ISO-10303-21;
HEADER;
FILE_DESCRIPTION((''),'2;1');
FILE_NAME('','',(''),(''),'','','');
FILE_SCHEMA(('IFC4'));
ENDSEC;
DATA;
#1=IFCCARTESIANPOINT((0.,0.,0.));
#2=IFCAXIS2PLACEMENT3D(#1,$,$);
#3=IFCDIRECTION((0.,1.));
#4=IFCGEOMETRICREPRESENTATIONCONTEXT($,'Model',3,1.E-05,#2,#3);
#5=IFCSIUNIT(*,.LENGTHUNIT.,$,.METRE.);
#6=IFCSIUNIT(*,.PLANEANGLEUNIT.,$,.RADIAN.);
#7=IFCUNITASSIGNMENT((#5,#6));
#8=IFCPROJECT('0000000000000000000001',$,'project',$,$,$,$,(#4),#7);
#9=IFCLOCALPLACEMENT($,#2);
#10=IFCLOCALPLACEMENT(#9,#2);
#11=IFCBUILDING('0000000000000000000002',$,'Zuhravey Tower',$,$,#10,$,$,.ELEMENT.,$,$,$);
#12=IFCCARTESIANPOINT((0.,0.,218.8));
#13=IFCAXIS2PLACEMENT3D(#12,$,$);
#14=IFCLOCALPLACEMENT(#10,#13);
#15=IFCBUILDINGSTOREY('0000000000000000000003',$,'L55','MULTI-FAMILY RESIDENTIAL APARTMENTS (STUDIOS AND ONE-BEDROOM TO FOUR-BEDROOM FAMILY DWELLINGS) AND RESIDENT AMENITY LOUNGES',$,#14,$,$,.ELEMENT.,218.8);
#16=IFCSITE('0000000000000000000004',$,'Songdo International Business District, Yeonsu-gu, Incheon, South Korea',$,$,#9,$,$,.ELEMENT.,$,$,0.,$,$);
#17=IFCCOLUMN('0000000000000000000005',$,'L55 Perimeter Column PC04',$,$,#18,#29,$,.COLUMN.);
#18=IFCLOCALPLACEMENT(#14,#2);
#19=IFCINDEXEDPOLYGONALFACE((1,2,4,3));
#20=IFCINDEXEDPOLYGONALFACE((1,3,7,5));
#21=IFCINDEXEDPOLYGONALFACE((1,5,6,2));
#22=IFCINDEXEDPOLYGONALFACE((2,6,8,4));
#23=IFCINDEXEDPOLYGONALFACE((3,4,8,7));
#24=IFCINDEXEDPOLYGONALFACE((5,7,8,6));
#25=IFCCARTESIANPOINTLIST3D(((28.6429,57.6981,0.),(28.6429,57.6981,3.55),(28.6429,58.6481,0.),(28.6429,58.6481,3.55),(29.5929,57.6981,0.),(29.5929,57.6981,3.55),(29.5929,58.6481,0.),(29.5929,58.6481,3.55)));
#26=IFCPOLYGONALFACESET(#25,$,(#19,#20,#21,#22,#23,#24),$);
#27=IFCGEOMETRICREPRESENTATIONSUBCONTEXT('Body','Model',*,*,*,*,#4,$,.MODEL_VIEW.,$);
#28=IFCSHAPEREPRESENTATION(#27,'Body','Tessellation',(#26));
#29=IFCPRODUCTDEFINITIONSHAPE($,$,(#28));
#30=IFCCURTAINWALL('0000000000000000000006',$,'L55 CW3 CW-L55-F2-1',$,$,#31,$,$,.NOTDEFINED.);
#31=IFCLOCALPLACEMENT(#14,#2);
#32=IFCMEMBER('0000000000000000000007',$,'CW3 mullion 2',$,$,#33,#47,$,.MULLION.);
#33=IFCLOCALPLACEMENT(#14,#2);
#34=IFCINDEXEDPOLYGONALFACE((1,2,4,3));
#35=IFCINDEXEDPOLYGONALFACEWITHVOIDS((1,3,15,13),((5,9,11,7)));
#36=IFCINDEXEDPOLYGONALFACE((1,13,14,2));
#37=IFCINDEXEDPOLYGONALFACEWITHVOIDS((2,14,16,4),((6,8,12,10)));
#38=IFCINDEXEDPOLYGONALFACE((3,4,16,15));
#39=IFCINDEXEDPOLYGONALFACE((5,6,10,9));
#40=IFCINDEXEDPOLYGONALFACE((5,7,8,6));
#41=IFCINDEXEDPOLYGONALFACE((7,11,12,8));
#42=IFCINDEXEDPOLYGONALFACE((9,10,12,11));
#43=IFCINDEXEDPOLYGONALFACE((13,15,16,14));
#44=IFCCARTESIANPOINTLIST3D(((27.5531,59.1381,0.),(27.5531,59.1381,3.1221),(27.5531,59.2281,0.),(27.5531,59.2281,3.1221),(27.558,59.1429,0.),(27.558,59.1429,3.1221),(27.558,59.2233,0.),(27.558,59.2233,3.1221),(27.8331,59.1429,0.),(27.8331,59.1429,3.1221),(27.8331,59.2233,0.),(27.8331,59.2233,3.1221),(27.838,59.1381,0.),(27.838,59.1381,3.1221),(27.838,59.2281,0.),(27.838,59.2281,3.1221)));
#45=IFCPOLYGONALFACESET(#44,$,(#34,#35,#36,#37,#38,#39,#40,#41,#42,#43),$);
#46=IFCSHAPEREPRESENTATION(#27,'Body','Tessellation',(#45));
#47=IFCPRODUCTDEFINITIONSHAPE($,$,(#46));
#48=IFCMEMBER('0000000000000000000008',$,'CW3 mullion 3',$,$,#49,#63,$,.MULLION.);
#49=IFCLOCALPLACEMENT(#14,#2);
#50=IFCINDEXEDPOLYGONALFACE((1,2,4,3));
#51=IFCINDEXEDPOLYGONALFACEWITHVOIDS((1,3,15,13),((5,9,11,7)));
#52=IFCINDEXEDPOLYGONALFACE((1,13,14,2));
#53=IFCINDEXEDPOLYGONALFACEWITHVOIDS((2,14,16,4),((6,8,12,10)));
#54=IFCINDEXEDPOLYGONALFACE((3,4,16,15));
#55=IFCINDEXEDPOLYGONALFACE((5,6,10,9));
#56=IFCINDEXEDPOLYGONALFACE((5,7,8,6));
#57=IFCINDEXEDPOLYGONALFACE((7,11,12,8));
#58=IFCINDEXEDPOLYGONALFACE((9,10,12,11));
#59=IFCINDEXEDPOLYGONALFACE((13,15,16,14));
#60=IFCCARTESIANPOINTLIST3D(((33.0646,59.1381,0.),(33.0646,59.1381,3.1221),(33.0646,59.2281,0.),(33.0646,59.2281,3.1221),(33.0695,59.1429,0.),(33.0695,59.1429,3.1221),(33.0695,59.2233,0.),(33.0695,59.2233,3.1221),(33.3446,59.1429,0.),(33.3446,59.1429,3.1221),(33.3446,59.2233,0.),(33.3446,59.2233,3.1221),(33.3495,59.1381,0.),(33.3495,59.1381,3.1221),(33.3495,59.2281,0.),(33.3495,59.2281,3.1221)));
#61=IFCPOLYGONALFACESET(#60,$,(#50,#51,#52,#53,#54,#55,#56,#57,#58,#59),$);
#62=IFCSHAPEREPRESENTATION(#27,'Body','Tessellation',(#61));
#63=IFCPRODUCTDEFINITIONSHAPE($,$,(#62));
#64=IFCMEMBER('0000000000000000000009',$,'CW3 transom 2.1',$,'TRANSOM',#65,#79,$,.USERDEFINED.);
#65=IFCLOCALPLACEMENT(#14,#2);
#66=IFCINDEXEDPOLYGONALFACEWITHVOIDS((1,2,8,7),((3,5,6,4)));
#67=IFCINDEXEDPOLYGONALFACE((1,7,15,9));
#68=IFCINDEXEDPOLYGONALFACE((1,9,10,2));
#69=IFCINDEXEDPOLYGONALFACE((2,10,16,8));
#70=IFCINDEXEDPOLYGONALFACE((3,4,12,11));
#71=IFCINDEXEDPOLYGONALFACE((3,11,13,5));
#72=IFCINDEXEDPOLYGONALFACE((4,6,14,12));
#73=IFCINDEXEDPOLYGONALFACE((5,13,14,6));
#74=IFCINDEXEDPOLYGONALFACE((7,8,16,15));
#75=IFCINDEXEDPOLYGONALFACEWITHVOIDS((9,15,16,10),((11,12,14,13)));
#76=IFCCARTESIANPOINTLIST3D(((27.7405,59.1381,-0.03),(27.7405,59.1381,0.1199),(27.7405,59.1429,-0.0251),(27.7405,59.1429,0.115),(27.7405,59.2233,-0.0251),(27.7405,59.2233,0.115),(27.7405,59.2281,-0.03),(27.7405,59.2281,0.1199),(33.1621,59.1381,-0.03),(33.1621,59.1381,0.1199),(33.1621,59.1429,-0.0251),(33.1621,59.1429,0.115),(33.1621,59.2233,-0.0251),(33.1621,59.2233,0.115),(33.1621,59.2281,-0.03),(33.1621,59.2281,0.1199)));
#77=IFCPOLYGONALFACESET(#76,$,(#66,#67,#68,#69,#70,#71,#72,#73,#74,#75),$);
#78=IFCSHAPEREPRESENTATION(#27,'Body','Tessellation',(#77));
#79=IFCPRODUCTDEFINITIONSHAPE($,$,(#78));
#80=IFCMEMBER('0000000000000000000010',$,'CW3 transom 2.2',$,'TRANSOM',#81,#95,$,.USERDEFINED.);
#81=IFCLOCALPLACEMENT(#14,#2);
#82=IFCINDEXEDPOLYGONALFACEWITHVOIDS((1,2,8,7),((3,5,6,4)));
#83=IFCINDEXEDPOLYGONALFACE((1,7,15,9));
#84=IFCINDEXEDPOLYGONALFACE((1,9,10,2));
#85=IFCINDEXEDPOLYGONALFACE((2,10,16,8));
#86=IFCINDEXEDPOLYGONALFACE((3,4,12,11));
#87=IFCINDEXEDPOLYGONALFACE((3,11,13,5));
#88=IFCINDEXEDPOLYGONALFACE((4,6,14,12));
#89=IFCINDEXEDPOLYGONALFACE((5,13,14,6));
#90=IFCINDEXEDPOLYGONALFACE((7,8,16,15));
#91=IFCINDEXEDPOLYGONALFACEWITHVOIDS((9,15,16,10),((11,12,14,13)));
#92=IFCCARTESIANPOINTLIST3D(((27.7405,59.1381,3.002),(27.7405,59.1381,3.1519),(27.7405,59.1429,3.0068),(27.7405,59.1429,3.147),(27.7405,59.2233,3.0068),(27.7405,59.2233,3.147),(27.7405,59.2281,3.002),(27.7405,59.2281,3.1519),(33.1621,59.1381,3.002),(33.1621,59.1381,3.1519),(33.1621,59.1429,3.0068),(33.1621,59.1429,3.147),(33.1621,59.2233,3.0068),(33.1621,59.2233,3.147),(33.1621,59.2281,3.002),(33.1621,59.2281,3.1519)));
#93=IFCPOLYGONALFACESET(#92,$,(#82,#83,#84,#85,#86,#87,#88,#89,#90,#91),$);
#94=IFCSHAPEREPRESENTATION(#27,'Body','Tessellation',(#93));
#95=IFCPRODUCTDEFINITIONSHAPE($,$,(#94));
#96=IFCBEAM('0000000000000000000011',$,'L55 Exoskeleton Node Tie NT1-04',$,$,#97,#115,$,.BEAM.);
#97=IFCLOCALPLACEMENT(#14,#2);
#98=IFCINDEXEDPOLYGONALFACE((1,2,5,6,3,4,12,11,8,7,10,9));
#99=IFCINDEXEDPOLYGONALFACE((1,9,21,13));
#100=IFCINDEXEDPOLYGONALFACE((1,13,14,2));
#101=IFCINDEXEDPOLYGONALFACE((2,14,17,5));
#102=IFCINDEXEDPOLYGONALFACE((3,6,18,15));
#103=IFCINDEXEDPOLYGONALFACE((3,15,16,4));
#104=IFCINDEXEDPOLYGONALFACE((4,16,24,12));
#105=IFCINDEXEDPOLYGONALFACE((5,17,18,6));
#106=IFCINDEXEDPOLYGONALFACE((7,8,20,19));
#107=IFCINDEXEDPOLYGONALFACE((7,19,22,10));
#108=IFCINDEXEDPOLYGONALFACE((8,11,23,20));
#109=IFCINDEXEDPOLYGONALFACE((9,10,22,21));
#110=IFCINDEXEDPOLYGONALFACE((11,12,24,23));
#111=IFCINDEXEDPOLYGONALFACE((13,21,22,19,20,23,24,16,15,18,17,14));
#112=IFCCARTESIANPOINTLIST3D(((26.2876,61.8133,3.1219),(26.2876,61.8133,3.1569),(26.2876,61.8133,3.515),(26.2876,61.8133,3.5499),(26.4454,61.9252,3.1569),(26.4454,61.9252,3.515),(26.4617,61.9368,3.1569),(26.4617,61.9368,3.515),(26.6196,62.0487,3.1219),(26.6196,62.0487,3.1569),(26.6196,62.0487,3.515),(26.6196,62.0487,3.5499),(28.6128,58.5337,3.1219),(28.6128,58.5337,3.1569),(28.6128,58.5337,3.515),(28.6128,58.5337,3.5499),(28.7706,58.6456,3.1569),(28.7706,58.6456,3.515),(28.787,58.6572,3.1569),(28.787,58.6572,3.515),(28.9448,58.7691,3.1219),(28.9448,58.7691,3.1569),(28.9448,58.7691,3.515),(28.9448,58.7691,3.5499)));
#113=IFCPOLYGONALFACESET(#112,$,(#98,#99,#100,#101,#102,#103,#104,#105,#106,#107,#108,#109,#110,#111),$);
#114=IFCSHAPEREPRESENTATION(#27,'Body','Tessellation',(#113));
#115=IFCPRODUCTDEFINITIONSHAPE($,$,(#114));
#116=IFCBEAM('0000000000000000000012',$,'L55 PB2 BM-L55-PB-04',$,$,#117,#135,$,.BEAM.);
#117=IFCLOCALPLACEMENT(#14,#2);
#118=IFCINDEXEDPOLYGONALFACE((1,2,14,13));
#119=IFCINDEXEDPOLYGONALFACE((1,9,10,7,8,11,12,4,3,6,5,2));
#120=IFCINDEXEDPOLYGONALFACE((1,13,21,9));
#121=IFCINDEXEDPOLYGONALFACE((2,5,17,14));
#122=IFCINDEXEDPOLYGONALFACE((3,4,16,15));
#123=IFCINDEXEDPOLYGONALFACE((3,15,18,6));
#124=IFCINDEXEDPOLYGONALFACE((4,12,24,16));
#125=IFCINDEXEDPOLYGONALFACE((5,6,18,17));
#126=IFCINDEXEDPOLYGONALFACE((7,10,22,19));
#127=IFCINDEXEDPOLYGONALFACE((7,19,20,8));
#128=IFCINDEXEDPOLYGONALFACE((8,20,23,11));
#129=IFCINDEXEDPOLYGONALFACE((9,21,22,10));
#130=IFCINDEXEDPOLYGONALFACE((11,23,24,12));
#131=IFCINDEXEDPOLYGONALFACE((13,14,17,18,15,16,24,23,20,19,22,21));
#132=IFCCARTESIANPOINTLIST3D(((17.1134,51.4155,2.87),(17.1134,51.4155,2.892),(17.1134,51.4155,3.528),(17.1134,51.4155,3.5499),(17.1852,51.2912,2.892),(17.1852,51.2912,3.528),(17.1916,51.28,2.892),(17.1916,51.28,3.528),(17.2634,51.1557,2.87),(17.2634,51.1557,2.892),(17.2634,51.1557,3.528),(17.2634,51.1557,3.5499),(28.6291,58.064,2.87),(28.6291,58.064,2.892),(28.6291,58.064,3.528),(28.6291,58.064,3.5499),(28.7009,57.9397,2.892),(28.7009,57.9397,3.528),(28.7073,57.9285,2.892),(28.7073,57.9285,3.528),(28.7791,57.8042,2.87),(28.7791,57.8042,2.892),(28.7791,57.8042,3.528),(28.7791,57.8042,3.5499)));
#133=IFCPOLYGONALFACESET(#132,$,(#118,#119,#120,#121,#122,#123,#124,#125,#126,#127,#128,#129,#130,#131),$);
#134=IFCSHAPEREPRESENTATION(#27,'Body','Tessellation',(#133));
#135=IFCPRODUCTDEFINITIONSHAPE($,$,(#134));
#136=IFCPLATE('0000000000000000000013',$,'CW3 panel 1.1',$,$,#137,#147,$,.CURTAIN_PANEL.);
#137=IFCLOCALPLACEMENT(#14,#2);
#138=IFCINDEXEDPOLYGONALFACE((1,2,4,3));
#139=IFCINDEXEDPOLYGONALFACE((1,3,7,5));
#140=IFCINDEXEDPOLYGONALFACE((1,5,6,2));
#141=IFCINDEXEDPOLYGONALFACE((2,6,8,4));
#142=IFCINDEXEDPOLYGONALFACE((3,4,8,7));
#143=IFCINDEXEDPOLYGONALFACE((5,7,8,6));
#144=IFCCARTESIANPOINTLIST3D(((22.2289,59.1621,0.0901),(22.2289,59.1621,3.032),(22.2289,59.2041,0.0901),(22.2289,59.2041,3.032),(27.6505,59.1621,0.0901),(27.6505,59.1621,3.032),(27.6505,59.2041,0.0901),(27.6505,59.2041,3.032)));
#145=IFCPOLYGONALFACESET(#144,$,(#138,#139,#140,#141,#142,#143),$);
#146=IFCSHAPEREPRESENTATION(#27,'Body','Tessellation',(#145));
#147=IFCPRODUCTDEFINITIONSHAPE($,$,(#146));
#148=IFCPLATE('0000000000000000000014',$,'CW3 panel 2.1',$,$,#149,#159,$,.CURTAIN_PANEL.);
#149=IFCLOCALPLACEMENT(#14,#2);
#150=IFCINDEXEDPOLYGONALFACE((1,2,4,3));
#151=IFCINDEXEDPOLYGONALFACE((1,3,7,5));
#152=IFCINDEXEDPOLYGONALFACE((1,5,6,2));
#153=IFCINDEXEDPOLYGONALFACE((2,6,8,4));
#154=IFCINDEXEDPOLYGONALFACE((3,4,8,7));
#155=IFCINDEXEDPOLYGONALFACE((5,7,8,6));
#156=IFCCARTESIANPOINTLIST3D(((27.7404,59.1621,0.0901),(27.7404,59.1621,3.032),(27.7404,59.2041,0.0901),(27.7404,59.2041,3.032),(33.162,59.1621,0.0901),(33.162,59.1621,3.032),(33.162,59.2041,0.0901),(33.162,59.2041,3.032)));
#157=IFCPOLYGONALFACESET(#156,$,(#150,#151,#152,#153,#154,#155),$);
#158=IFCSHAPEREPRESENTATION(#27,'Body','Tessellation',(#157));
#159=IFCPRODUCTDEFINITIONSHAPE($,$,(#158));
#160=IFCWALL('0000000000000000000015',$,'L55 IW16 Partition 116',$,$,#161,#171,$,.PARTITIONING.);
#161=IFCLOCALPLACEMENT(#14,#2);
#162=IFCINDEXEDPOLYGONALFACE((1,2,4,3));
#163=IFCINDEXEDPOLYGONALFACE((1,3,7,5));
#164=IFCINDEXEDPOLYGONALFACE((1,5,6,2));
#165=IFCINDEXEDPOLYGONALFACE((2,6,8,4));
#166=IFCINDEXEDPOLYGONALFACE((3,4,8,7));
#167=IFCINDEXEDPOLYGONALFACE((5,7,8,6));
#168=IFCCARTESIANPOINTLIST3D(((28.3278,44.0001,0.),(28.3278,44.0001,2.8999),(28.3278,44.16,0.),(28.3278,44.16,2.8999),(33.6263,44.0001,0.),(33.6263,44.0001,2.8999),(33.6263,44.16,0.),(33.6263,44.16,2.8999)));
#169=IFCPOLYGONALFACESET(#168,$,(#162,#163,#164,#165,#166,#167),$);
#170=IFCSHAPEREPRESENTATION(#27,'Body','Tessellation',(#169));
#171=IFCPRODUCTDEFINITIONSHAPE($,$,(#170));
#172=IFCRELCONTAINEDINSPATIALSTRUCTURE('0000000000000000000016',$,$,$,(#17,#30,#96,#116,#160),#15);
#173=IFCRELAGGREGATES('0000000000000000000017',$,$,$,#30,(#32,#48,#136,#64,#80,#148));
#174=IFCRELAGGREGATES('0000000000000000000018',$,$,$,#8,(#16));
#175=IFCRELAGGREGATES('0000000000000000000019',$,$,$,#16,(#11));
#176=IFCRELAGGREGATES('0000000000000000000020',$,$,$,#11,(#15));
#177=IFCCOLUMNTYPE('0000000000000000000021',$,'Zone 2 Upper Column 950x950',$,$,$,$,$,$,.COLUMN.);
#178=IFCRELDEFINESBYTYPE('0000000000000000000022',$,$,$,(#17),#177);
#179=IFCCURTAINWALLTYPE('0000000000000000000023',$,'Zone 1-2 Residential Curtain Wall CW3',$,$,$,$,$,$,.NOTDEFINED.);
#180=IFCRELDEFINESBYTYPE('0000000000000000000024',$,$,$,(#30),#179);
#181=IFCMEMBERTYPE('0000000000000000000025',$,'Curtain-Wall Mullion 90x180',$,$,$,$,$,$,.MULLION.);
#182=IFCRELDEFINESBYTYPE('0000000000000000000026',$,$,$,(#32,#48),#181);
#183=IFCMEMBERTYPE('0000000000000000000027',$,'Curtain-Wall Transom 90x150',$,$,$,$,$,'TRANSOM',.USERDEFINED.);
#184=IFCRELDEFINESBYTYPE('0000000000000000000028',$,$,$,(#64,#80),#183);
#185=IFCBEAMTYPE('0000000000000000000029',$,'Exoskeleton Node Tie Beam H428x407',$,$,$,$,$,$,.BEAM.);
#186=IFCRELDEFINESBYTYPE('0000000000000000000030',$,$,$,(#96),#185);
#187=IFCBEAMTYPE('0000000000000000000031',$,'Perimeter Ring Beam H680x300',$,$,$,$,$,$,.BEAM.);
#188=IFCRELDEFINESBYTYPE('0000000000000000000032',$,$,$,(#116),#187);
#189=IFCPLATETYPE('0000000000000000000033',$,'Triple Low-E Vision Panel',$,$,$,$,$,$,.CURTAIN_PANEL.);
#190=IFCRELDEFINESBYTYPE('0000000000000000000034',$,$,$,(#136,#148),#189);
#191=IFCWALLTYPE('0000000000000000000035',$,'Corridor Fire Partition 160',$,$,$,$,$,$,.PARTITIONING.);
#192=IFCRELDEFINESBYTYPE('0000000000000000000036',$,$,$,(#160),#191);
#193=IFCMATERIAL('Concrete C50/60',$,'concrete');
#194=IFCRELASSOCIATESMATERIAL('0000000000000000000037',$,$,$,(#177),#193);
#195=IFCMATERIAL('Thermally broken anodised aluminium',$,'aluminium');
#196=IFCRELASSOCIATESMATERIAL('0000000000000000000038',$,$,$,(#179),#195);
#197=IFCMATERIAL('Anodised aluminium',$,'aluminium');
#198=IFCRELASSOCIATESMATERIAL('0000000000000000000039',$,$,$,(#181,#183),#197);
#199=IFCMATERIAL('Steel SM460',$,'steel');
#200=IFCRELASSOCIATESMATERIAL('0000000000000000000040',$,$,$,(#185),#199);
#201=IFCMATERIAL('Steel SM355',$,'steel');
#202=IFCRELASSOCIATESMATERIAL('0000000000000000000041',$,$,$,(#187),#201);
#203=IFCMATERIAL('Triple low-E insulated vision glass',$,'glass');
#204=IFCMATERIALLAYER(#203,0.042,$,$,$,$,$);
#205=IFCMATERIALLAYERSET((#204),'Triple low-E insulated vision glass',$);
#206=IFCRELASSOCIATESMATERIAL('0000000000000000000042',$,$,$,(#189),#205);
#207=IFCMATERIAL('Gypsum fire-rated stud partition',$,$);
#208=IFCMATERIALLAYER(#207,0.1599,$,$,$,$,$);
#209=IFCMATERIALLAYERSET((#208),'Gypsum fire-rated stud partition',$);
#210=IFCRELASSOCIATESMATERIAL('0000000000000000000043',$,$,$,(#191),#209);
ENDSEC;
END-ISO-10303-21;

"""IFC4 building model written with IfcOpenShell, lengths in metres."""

from ifc_helpers import new_model, si_unit, direction, frame, frame_2d, origin, origin_2d, place, context, subcontext, project, spatial, rectangle, hollow_rectangle, i_section, extrude, material, layer, layer_set, material_profile, profile_set, type_object, element, aggregate, save


model = new_model("IFC4")

# Units and contexts
model_context = context("Model", 3, precision=1e-05, world=origin(), true_north=direction((0.0, 1.0)))
body_context = subcontext(model_context, "Body", "Model", "MODEL_VIEW")
ifc_project = project(units=[si_unit("LENGTHUNIT", "METRE"), si_unit("PLANEANGLEUNIT", "RADIAN")], contexts=[model_context])

# Site, building, storey
site_placement = place(None, origin())
site = spatial("IfcSite", under=ifc_project, at=site_placement, Name="Songdo International Business District, Yeonsu-gu, Incheon, South Korea", CompositionType="ELEMENT", RefElevation=0.0)
building_placement = place(site_placement, origin())
building = spatial("IfcBuilding", under=site, at=building_placement, Name="Zuhravey Tower", CompositionType="ELEMENT")
storey_placement = place(building_placement, frame((0.0, 0.0, 218.8)))
storey = spatial("IfcBuildingStorey", under=building, at=storey_placement, Name="L55", Description="MULTI-FAMILY RESIDENTIAL APARTMENTS (STUDIOS AND ONE-BEDROOM TO FOUR-BEDROOM FAMILY DWELLINGS) AND RESIDENT AMENITY LOUNGES", CompositionType="ELEMENT", Elevation=218.8)

# Column
ifc_material_1 = material(Name="Concrete C50/60", Category="concrete")
ifc_material_profile_1 = material_profile(ifc_material_1, rectangle(XDim=0.95, YDim=0.95, at=origin_2d()), Name="RC-950x950")
ifc_profile_set_1 = profile_set([ifc_material_profile_1], Name="Concrete C50/60")
column_type = type_object("IfcColumnType", Name="Zone 2 Upper Column 950x950", PredefinedType="COLUMN", material=ifc_profile_set_1)
column_placement = place(storey_placement, frame((29.1179, 58.1731, 0.0), z_axis=(0.0, 0.0, 1.0), x_axis=(-1.0, 0.0, 0.0)))
element("IfcColumn", 1, at=column_placement, inside=storey, type_object=column_type, Name="L55 Perimeter Column PC04", PredefinedType="COLUMN", context=body_context, shape_type="SweptSolid", body=[
    extrude(rectangle(XDim=0.95, YDim=0.95, at=origin_2d()), origin(), (0.0, 0.0, 1.0), 3.55),
])

# Curtain wall, members
ifc_material_2 = material(Name="Thermally broken anodised aluminium", Category="aluminium")
curtain_wall_type = type_object("IfcCurtainWallType", Name="Zone 1-2 Residential Curtain Wall CW3", PredefinedType="NOTDEFINED", material=ifc_material_2)
curtain_wall_placement = place(storey_placement, origin())
curtain_wall = element("IfcCurtainWall", 2, at=curtain_wall_placement, inside=storey, type_object=curtain_wall_type, Name="L55 CW3 CW-L55-F2-1", PredefinedType="NOTDEFINED")
ifc_material_3 = material(Name="Anodised aluminium", Category="aluminium")
ifc_material_profile_2 = material_profile(ifc_material_3, hollow_rectangle(XDim=0.0901, YDim=0.2849, WallThickness=0.0049, at=origin_2d()), Name="ALU-RHS-90x285x5")
ifc_profile_set_2 = profile_set([ifc_material_profile_2], Name="Anodised aluminium")
member_type_1 = type_object("IfcMemberType", Name="Curtain-Wall Mullion 90x180", PredefinedType="MULLION", material=ifc_profile_set_2)
member_1_placement = place(storey_placement, frame((27.6956, 59.1831, 0.0), z_axis=(0.0, 0.0, 1.0), x_axis=(0.0, 1.0, 0.0)))
member_1 = element("IfcMember", 3, at=member_1_placement, type_object=member_type_1, Name="CW3 mullion 2", PredefinedType="MULLION", context=body_context, shape_type="SweptSolid", body=[
    extrude(hollow_rectangle(XDim=0.0901, YDim=0.2849, WallThickness=0.0049, at=origin_2d()), origin(), (0.0, 0.0, 1.0), 3.1221),
])
member_2_placement = place(storey_placement, frame((33.207, 59.1831, 0.0), z_axis=(0.0, 0.0, 1.0), x_axis=(0.0, 1.0, 0.0)))
member_2 = element("IfcMember", 4, at=member_2_placement, type_object=member_type_1, Name="CW3 mullion 3", PredefinedType="MULLION", context=body_context, shape_type="SweptSolid", body=[
    extrude(hollow_rectangle(XDim=0.0901, YDim=0.2849, WallThickness=0.0049, at=origin_2d()), origin(), (0.0, 0.0, 1.0), 3.1221),
])
ifc_material_profile_3 = material_profile(ifc_material_3, hollow_rectangle(XDim=0.0901, YDim=0.1499, WallThickness=0.0049, at=origin_2d()), Name="ALU-RHS-90x150x5")
ifc_profile_set_3 = profile_set([ifc_material_profile_3], Name="Anodised aluminium")
member_type_2 = type_object("IfcMemberType", Name="Curtain-Wall Transom 90x150", ElementType="TRANSOM", PredefinedType="USERDEFINED", material=ifc_profile_set_3)
member_3_placement = place(storey_placement, frame((27.7405, 59.1831, 0.0449), z_axis=(1.0, 0.0, 0.0), x_axis=(0.0, 1.0, 0.0)))
member_3 = element("IfcMember", 5, at=member_3_placement, type_object=member_type_2, Name="CW3 transom 2.1", ObjectType="TRANSOM", PredefinedType="USERDEFINED", context=body_context, shape_type="SweptSolid", body=[
    extrude(hollow_rectangle(XDim=0.0901, YDim=0.1499, WallThickness=0.0049, at=origin_2d()), origin(), (0.0, 0.0, 1.0), 5.4216),
])
member_4_placement = place(storey_placement, frame((27.7405, 59.1831, 3.0769), z_axis=(1.0, 0.0, 0.0), x_axis=(0.0, 1.0, 0.0)))
member_4 = element("IfcMember", 6, at=member_4_placement, type_object=member_type_2, Name="CW3 transom 2.2", ObjectType="TRANSOM", PredefinedType="USERDEFINED", context=body_context, shape_type="SweptSolid", body=[
    extrude(hollow_rectangle(XDim=0.0901, YDim=0.1499, WallThickness=0.0049, at=origin_2d()), origin(), (0.0, 0.0, 1.0), 5.4216),
])

# Beams
ifc_material_4 = material(Name="Steel SM460", Category="steel")
ifc_material_profile_4 = material_profile(ifc_material_4, i_section(OverallWidth=0.407, OverallDepth=0.428, WebThickness=0.02, FlangeThickness=0.0349, at=origin_2d()), Name="H-428x407x20x35")
ifc_profile_set_4 = profile_set([ifc_material_profile_4], Name="Steel SM460")
beam_type_1 = type_object("IfcBeamType", Name="Exoskeleton Node Tie Beam H428x407", PredefinedType="BEAM", material=ifc_profile_set_4)
beam_1_placement = place(storey_placement, frame((28.7788, 58.6514, 3.3359), z_axis=(-0.57838, 0.815768, 0.0), x_axis=(-0.815768, -0.57838, 0.0)))
element("IfcBeam", 7, at=beam_1_placement, inside=storey, type_object=beam_type_1, Name="L55 Exoskeleton Node Tie NT1-04", PredefinedType="BEAM", context=body_context, shape_type="SweptSolid", body=[
    extrude(i_section(OverallWidth=0.407, OverallDepth=0.428, WebThickness=0.02, FlangeThickness=0.0349, at=origin_2d()), origin(), (0.0, 0.0, 1.0), 4.0203),
])
ifc_material_5 = material(Name="Steel SM355", Category="steel")
ifc_material_profile_5 = material_profile(ifc_material_5, i_section(OverallWidth=0.3, OverallDepth=0.6799, WebThickness=0.0129, FlangeThickness=0.022, at=origin_2d()), Name="H-680x300x13x22")
ifc_profile_set_5 = profile_set([ifc_material_profile_5], Name="Steel SM355")
beam_type_2 = type_object("IfcBeamType", Name="Perimeter Ring Beam H680x300", PredefinedType="BEAM", material=ifc_profile_set_5)
beam_2_placement = place(storey_placement, frame((28.7041, 57.9341, 3.21), z_axis=(-0.866029, -0.499994, 0.0), x_axis=(0.499994, -0.866029, 0.0)))
element("IfcBeam", 8, at=beam_2_placement, inside=storey, type_object=beam_type_2, Name="L55 PB2 BM-L55-PB-04", PredefinedType="BEAM", context=body_context, shape_type="SweptSolid", body=[
    extrude(i_section(OverallWidth=0.3, OverallDepth=0.6799, WebThickness=0.0129, FlangeThickness=0.022, at=origin_2d()), origin(), (0.0, 0.0, 1.0), 13.2971),
])

# Plates
ifc_material_6 = material(Name="Triple low-E insulated vision glass", Category="glass")
ifc_layer_1 = layer(ifc_material_6, 0.042)
ifc_layer_set_1 = layer_set([ifc_layer_1], Name="Triple low-E insulated vision glass")
plate_type = type_object("IfcPlateType", Name="Triple Low-E Vision Panel", PredefinedType="CURTAIN_PANEL", material=ifc_layer_set_1)
plate_1_placement = place(storey_placement, frame((24.9397, 59.1831, 0.0901), z_axis=(0.0, 0.0, 1.0), x_axis=(1.0, 0.0, 0.0)))
plate_1 = element("IfcPlate", 9, at=plate_1_placement, type_object=plate_type, Name="CW3 panel 1.1", PredefinedType="CURTAIN_PANEL", context=body_context, shape_type="SweptSolid", body=[
    extrude(rectangle(XDim=5.4216, YDim=0.042, at=origin_2d()), origin(), (0.0, 0.0, 1.0), 2.9419),
])
plate_2_placement = place(storey_placement, frame((30.4512, 59.1831, 0.0901), z_axis=(0.0, 0.0, 1.0), x_axis=(1.0, 0.0, 0.0)))
plate_2 = element("IfcPlate", 10, at=plate_2_placement, type_object=plate_type, Name="CW3 panel 2.1", PredefinedType="CURTAIN_PANEL", context=body_context, shape_type="SweptSolid", body=[
    extrude(rectangle(XDim=5.4216, YDim=0.042, at=origin_2d()), origin(), (0.0, 0.0, 1.0), 2.9419),
])
aggregate(curtain_wall, [member_1, member_2, plate_1, member_3, member_4, plate_2])

# Wall
ifc_material_7 = material(Name="Gypsum fire-rated stud partition")
ifc_layer_2 = layer(ifc_material_7, 0.1599)
ifc_layer_set_2 = layer_set([ifc_layer_2], Name="Gypsum fire-rated stud partition")
wall_type_1 = type_object("IfcWallType", Name="Corridor Fire Partition 160", PredefinedType="PARTITIONING", material=ifc_layer_set_2)
wall_1_placement = place(storey_placement, frame((33.6265, 44.0801, 0.0), z_axis=(0.0, 0.0, 1.0), x_axis=(-1.0, 0.0, 0.0)))
element("IfcWall", 11, at=wall_1_placement, inside=storey, type_object=wall_type_1, Name="L55 IW16 Partition 116", PredefinedType="PARTITIONING", context=body_context, shape_type="SweptSolid", body=[
    extrude(rectangle(XDim=5.2986, YDim=0.1599, at=frame_2d((2.6494, 0.0))), origin(), (0.0, 0.0, 1.0), 2.8999),
])

save(model, "model.ifc")
